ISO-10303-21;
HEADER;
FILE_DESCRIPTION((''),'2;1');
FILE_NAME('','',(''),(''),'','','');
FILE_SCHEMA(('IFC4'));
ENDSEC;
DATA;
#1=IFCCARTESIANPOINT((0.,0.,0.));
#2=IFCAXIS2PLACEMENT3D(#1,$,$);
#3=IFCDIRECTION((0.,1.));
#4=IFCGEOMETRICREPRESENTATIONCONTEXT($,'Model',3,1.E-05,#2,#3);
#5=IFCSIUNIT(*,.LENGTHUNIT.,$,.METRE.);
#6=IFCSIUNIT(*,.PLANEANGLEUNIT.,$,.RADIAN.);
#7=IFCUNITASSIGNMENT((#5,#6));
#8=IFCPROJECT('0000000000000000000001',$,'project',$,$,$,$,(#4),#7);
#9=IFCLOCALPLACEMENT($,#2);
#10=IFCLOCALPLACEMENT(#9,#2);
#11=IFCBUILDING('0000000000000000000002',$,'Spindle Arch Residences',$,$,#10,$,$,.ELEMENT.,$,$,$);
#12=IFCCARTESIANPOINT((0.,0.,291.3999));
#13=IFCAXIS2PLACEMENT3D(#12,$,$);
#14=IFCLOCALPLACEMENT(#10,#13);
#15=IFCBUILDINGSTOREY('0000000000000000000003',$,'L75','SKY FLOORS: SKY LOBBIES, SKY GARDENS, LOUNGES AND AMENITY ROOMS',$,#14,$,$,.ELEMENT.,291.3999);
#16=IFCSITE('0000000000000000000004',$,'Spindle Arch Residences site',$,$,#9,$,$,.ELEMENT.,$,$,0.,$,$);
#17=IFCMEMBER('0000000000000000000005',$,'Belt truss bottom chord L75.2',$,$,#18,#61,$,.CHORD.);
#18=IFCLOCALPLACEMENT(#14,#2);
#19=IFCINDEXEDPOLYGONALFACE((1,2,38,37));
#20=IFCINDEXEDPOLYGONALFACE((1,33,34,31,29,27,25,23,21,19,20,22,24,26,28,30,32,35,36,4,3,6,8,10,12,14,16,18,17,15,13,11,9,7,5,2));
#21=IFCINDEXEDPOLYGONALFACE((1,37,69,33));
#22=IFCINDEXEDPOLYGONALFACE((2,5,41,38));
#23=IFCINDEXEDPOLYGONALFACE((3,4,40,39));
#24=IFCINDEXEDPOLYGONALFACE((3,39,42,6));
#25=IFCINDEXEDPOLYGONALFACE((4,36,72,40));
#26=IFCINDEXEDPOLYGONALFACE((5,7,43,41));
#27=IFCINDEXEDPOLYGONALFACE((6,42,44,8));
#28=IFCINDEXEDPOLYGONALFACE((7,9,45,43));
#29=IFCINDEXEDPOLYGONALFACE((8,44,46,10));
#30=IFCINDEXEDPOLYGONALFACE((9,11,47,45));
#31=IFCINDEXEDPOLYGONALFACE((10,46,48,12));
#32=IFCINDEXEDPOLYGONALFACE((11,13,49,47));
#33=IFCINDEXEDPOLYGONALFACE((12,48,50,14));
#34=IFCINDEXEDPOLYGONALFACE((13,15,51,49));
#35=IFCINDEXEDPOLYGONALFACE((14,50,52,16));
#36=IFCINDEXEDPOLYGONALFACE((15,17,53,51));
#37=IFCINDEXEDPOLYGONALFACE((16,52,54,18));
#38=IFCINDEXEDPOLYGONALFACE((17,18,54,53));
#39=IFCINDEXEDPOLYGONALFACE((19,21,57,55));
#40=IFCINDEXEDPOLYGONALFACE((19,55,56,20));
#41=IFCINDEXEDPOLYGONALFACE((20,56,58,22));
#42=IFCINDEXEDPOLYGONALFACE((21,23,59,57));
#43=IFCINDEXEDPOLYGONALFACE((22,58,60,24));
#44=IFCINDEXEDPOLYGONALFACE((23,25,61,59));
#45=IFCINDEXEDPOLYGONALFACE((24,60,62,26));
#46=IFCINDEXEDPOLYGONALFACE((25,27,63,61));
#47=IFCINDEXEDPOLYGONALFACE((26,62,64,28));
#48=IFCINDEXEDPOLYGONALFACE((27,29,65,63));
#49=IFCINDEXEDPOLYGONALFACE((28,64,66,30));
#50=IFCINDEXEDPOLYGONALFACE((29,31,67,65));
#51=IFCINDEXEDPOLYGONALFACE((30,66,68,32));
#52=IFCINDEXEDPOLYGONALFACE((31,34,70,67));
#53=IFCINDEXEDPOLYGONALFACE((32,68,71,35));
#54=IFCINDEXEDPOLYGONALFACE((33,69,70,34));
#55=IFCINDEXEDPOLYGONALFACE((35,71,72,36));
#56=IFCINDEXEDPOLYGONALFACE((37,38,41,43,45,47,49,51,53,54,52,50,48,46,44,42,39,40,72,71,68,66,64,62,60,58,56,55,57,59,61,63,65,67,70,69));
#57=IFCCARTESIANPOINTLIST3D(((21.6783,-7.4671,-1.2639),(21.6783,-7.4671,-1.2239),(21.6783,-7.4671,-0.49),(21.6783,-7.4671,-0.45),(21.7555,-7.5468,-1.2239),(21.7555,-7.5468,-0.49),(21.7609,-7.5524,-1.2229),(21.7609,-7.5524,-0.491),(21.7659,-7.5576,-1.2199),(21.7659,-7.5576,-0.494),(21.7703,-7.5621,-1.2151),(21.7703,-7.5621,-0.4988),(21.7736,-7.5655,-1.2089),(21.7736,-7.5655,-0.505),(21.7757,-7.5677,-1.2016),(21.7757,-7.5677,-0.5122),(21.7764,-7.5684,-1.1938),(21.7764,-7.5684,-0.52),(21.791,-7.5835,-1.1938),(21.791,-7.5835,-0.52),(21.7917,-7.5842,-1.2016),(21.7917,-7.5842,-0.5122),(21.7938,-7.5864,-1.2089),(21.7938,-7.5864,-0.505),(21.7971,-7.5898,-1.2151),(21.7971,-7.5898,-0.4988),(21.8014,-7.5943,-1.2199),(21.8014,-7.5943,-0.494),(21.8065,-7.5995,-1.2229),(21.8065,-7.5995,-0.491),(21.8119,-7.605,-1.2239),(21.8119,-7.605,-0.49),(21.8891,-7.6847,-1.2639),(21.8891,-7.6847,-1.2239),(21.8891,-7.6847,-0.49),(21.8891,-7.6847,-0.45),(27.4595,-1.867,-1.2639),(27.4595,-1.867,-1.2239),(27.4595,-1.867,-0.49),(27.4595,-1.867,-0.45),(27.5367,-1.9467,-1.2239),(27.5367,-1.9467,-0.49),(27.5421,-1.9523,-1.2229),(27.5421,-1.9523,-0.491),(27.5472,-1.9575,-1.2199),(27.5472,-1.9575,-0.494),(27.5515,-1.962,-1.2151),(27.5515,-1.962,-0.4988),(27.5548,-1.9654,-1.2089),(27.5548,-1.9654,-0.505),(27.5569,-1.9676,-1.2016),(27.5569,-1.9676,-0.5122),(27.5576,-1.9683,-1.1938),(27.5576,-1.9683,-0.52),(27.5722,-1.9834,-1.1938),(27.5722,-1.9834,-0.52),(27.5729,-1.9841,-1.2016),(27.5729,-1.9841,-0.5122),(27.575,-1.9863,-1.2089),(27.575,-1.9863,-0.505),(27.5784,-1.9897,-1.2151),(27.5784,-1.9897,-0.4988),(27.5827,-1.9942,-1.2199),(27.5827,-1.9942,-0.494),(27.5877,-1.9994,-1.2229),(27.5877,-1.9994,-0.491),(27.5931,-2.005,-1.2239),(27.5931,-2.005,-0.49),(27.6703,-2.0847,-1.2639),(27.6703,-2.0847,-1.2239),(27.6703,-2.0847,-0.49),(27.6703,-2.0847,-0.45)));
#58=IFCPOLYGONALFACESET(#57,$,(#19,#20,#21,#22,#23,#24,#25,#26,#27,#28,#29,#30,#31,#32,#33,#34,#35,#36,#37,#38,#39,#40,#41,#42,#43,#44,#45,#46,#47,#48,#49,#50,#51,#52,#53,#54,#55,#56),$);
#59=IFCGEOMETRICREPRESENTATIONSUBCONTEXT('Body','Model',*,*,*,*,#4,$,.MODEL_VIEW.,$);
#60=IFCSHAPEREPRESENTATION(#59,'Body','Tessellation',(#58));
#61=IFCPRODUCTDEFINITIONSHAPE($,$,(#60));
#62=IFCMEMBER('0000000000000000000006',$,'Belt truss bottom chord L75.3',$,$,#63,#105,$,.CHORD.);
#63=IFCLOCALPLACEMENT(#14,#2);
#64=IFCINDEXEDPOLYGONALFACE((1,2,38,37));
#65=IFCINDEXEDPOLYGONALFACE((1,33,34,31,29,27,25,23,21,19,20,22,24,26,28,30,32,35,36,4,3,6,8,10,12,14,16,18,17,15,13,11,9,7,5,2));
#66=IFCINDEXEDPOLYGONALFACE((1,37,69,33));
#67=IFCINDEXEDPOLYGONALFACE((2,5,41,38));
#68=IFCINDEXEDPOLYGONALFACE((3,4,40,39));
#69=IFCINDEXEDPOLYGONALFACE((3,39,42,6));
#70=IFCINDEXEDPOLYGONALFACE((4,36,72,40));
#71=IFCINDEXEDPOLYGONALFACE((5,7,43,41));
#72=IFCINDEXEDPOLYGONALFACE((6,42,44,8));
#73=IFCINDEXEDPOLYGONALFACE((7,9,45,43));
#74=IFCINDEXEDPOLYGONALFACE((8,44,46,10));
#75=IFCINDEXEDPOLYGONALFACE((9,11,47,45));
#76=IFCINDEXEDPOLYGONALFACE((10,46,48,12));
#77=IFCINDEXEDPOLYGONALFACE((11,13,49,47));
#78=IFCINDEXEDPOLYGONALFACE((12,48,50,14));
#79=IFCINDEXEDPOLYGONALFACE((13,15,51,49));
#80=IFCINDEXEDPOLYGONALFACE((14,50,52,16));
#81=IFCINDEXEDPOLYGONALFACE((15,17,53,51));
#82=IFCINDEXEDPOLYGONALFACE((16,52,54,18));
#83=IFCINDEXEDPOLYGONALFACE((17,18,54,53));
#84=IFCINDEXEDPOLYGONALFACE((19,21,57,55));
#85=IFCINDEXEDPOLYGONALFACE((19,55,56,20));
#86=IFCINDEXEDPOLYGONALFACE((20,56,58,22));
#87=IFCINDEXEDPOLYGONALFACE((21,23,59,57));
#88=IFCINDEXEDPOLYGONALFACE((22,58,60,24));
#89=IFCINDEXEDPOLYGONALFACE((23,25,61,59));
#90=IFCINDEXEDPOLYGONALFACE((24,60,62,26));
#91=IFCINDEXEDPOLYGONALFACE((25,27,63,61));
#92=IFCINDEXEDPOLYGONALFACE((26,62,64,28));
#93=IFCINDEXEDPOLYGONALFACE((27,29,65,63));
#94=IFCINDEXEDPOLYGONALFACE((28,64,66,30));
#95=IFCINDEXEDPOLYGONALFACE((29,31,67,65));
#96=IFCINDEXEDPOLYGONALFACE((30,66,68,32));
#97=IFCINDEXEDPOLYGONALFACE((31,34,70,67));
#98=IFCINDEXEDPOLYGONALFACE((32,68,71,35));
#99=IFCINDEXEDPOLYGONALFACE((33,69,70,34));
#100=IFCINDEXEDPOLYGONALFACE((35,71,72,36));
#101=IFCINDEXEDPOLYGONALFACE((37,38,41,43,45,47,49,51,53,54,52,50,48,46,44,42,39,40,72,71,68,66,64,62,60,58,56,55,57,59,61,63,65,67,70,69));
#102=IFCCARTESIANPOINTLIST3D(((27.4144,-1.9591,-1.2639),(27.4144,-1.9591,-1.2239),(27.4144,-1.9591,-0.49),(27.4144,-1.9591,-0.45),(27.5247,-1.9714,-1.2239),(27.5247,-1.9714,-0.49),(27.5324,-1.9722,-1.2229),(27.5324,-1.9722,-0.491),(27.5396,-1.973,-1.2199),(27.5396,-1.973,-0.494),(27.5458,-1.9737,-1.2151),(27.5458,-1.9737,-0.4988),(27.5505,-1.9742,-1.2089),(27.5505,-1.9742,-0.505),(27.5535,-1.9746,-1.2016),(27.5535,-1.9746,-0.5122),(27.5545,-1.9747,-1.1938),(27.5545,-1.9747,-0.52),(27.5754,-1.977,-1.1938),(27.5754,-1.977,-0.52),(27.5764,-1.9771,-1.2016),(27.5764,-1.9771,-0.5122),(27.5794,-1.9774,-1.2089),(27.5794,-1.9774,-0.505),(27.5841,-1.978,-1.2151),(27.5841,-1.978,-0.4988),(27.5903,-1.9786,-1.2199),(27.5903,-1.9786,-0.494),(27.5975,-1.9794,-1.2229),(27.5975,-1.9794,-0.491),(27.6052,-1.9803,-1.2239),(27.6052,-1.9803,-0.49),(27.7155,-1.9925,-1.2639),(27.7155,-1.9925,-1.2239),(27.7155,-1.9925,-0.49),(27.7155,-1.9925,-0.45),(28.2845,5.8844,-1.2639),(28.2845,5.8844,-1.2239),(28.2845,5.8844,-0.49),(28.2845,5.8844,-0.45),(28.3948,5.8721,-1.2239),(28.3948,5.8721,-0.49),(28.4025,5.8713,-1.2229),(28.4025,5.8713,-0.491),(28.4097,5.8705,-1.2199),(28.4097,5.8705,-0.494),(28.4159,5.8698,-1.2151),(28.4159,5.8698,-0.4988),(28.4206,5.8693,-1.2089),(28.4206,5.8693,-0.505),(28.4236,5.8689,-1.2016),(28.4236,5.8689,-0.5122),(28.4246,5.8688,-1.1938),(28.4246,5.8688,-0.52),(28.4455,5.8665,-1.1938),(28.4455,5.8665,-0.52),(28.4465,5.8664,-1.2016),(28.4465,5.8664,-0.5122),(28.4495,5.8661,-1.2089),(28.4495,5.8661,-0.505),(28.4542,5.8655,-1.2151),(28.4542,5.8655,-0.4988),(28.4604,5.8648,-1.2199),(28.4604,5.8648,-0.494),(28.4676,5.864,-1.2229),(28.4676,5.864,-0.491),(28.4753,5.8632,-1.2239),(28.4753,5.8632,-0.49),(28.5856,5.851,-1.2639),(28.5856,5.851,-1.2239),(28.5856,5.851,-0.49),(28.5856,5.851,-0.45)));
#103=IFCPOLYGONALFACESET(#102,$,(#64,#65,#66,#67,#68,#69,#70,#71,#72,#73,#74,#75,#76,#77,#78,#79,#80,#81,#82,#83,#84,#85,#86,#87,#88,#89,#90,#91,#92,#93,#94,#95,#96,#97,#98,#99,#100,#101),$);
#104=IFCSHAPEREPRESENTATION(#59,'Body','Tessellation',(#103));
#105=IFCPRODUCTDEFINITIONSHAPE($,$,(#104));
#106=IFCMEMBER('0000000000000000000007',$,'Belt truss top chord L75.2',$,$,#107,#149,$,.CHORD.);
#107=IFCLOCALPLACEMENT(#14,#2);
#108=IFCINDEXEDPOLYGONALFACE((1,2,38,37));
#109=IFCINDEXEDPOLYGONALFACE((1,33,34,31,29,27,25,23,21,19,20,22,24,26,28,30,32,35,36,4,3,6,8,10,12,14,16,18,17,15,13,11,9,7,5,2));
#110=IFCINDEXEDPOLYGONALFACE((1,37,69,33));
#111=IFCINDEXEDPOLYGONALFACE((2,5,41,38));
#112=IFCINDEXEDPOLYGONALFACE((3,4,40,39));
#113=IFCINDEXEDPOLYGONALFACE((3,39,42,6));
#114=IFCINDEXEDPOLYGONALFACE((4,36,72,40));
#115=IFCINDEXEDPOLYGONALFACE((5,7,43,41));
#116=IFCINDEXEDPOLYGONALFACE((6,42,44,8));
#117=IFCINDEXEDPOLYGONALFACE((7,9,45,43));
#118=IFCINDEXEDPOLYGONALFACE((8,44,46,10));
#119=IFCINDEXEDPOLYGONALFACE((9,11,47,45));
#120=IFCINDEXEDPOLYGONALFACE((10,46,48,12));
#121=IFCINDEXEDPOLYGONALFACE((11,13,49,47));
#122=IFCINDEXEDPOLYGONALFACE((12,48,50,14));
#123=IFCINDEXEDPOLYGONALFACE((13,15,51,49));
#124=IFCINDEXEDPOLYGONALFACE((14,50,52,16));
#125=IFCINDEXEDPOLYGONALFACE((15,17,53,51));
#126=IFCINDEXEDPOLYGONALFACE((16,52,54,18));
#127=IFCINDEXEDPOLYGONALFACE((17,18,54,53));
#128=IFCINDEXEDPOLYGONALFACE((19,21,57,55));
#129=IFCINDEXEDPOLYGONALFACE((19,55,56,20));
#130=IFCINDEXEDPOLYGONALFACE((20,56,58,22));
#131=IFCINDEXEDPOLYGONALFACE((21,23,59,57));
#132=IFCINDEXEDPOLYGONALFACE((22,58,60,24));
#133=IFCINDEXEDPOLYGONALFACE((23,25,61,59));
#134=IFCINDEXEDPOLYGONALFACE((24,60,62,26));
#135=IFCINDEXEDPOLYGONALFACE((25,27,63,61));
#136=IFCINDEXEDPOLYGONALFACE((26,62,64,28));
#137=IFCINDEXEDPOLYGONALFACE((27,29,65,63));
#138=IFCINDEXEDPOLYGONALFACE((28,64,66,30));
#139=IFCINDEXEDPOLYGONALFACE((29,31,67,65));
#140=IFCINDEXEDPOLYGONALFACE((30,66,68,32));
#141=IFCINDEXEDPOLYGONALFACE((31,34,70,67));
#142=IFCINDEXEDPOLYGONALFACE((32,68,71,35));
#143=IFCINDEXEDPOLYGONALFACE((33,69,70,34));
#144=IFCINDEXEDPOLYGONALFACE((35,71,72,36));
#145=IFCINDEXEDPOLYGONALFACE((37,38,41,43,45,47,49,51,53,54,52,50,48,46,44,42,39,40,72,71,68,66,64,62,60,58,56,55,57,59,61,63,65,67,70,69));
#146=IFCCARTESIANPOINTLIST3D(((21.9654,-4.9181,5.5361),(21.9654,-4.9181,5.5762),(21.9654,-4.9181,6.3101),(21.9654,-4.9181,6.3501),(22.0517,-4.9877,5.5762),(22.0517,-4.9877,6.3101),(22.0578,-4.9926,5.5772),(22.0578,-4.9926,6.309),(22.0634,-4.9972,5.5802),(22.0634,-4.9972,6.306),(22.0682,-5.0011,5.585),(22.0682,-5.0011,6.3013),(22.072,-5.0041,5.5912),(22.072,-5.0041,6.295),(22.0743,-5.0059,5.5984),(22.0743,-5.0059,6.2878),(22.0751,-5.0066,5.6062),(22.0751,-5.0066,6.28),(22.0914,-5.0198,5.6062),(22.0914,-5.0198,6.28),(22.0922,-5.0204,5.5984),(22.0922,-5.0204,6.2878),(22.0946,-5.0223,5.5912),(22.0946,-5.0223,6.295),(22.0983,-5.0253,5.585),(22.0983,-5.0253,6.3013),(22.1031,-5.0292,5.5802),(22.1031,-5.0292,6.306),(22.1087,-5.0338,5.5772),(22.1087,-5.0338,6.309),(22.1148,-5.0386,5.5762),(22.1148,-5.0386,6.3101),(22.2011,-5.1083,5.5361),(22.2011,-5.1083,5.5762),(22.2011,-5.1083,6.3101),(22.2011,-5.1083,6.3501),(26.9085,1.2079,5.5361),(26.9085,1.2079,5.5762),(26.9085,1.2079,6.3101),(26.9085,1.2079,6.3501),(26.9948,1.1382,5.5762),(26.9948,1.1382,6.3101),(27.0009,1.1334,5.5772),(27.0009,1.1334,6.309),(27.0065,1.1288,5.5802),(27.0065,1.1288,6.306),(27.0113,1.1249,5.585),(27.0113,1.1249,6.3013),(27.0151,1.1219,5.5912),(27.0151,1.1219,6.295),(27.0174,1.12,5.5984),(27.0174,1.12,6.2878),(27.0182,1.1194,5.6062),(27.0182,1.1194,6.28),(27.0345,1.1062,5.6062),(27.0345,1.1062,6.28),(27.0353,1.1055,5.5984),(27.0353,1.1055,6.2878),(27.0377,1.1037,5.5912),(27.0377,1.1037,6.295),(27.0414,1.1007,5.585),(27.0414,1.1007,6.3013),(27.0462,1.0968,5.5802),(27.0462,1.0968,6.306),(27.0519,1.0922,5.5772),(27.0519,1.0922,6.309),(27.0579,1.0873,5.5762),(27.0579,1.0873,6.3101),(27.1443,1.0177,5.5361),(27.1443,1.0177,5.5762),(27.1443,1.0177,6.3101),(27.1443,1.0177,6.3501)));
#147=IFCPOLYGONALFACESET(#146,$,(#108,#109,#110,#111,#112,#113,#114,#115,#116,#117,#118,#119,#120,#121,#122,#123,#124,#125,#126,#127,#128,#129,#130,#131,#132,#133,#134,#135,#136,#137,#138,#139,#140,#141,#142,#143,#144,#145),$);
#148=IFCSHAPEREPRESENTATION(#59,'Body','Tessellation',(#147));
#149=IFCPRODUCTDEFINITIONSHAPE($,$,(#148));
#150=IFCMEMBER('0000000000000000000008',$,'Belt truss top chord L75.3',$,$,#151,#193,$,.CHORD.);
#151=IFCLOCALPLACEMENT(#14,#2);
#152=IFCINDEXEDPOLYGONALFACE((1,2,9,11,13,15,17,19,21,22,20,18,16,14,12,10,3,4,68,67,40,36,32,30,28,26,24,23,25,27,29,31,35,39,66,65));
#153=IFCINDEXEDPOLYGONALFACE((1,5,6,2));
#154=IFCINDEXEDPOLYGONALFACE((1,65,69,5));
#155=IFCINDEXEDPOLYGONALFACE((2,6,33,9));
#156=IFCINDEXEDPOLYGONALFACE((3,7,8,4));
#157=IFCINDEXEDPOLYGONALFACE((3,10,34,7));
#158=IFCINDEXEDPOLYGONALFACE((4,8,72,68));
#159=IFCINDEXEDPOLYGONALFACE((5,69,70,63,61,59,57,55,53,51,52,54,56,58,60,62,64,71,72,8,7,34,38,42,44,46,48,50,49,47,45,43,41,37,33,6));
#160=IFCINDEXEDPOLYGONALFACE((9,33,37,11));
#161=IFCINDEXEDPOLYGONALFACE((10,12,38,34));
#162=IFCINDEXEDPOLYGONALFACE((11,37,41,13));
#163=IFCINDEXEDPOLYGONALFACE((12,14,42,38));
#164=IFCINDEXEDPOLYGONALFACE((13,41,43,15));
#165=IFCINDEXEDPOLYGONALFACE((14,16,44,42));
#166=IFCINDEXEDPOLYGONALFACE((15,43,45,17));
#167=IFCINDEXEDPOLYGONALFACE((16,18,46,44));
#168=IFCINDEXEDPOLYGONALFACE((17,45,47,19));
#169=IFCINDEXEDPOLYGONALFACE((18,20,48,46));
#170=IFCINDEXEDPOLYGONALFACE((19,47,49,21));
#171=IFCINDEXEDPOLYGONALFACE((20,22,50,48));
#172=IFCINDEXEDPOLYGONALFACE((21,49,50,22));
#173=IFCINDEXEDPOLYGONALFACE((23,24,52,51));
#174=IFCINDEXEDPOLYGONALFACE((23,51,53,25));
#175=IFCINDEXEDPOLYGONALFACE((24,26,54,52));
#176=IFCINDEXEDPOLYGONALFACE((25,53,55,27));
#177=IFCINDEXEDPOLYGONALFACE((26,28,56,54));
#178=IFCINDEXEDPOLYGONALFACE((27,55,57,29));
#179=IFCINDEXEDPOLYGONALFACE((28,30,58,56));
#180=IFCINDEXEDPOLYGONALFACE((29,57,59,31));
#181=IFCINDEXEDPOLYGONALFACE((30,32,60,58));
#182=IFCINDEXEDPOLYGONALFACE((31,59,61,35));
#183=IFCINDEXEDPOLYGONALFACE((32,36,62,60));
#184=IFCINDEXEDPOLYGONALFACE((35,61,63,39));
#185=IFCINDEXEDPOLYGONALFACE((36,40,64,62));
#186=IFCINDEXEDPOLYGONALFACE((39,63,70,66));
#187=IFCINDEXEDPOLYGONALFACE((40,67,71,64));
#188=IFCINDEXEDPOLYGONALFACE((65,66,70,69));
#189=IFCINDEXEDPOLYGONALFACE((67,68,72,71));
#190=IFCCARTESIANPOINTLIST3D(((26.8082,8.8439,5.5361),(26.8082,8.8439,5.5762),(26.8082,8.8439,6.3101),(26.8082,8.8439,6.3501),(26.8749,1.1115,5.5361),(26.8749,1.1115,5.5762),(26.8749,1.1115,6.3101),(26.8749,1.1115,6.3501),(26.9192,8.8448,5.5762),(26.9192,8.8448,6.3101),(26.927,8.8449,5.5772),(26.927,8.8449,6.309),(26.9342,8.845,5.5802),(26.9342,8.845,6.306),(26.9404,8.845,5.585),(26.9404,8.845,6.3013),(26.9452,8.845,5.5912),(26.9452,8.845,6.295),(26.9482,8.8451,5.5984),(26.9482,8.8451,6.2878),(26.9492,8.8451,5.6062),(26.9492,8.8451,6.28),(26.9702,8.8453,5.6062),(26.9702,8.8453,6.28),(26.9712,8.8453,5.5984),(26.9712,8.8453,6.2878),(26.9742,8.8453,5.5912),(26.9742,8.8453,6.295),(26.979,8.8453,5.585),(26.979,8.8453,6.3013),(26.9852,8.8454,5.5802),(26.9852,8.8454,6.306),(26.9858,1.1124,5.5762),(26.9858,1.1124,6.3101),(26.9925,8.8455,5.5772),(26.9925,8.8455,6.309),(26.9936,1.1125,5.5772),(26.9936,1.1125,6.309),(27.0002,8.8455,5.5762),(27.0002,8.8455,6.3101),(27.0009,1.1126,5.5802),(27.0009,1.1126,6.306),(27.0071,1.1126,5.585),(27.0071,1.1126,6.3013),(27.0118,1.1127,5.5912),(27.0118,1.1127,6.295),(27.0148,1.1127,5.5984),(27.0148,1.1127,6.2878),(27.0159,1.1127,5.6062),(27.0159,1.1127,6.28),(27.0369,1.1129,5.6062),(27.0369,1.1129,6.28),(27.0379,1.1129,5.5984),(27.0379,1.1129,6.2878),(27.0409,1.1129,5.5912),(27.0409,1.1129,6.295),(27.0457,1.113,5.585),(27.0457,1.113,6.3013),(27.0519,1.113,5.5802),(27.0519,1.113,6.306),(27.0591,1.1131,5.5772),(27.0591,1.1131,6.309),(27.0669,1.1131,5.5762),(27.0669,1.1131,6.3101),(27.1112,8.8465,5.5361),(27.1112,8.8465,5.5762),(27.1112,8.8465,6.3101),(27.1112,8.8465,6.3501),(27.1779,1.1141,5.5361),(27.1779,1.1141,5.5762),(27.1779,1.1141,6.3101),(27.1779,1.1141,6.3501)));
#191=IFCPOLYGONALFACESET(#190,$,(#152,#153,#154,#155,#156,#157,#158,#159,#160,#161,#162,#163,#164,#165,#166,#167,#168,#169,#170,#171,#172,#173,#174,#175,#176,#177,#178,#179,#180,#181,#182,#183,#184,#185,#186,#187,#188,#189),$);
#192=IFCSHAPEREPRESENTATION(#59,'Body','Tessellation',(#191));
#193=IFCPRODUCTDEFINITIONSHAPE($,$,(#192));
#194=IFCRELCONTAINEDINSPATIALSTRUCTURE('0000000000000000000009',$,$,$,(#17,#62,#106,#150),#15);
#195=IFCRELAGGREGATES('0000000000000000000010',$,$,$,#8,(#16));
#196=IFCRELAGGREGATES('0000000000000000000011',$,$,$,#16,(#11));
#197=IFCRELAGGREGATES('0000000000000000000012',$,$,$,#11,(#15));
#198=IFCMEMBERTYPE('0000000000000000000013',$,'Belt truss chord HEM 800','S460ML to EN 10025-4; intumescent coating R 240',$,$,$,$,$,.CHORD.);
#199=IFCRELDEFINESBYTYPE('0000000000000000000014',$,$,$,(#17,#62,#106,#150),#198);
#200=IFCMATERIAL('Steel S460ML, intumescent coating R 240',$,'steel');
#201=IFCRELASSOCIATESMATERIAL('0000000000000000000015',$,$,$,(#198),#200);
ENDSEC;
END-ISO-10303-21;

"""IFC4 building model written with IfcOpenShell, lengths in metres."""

from ifc_helpers import new_model, si_unit, direction, frame, origin, origin_2d, place, context, subcontext, project, spatial, i_section, extrude, material, material_profile, profile_set, type_object, element, save


model = new_model("IFC4")

# Units and contexts
model_context = context("Model", 3, precision=1e-05, world=origin(), true_north=direction((0.0, 1.0)))
body_context = subcontext(model_context, "Body", "Model", "MODEL_VIEW")
ifc_project = project(units=[si_unit("LENGTHUNIT", "METRE"), si_unit("PLANEANGLEUNIT", "RADIAN")], contexts=[model_context])

# Site, building, storey
site_placement = place(None, origin())
site = spatial("IfcSite", under=ifc_project, at=site_placement, Name="Spindle Arch Residences site", CompositionType="ELEMENT", RefElevation=0.0)
building_placement = place(site_placement, origin())
building = spatial("IfcBuilding", under=site, at=building_placement, Name="Spindle Arch Residences", CompositionType="ELEMENT")
storey_placement = place(building_placement, frame((0.0, 0.0, 291.3999)))
storey = spatial("IfcBuildingStorey", under=building, at=storey_placement, Name="L75", Description="SKY FLOORS: SKY LOBBIES, SKY GARDENS, LOUNGES AND AMENITY ROOMS", CompositionType="ELEMENT", Elevation=291.3999)

# Members
ifc_material_1 = material(Name="Steel S460ML, intumescent coating R 240", Category="steel")
ifc_material_profile_1 = material_profile(ifc_material_1, i_section(OverallWidth=0.303, OverallDepth=0.814, WebThickness=0.021, FlangeThickness=0.04, FilletRadius=0.03, at=origin_2d()), Name="HEM 800")
ifc_profile_set_1 = profile_set([ifc_material_profile_1], Name="Steel S460ML, intumescent coating R 240")
member_type_1 = type_object("IfcMemberType", Name="Belt truss chord HEM 800", Description="S460ML to EN 10025-4; intumescent coating R 240", PredefinedType="CHORD", material=ifc_profile_set_1)
member_1_placement = place(storey_placement, frame((21.7837, -7.5759, -0.8569), z_axis=(0.718271, 0.695764, 0.0), x_axis=(-0.695764, 0.718271, 0.0)))
element("IfcMember", 1, at=member_1_placement, inside=storey, type_object=member_type_1, Name="Belt truss bottom chord L75.2", PredefinedType="CHORD", context=body_context, shape_type="SweptSolid", body=[
    extrude(i_section(OverallWidth=0.303, OverallDepth=0.814, WebThickness=0.021, FlangeThickness=0.04, FilletRadius=0.03, at=origin_2d()), origin(), (0.0, 0.0, 1.0), 8.0488),
])
member_2_placement = place(storey_placement, frame((27.5649, -1.9758, -0.8569), z_axis=(0.110258, 0.993903, 0.0), x_axis=(-0.993903, 0.110258, 0.0)))
element("IfcMember", 2, at=member_2_placement, inside=storey, type_object=member_type_1, Name="Belt truss bottom chord L75.3", PredefinedType="CHORD", context=body_context, shape_type="SweptSolid", body=[
    extrude(i_section(OverallWidth=0.303, OverallDepth=0.814, WebThickness=0.021, FlangeThickness=0.04, FilletRadius=0.03, at=origin_2d()), origin(), (0.0, 0.0, 1.0), 7.8916),
])
member_3_placement = place(storey_placement, frame((22.0833, -5.0132, 5.9431), z_axis=(0.627969, 0.778238, 0.0), x_axis=(-0.778238, 0.627969, 0.0)))
element("IfcMember", 3, at=member_3_placement, inside=storey, type_object=member_type_1, Name="Belt truss top chord L75.2", PredefinedType="CHORD", context=body_context, shape_type="SweptSolid", body=[
    extrude(i_section(OverallWidth=0.303, OverallDepth=0.814, WebThickness=0.021, FlangeThickness=0.04, FilletRadius=0.03, at=origin_2d()), origin(), (0.0, 0.0, 1.0), 7.8716),
])
member_4_placement = place(storey_placement, frame((27.0264, 1.1128, 5.9431), z_axis=(-0.008619, 0.999963, 0.0), x_axis=(-0.999963, -0.008619, 0.0)))
element("IfcMember", 4, at=member_4_placement, inside=storey, type_object=member_type_1, Name="Belt truss top chord L75.3", PredefinedType="CHORD", context=body_context, shape_type="SweptSolid", body=[
    extrude(i_section(OverallWidth=0.303, OverallDepth=0.814, WebThickness=0.021, FlangeThickness=0.04, FilletRadius=0.03, at=origin_2d()), origin(), (0.0, 0.0, 1.0), 7.7327),
])

save(model, "model.ifc")
